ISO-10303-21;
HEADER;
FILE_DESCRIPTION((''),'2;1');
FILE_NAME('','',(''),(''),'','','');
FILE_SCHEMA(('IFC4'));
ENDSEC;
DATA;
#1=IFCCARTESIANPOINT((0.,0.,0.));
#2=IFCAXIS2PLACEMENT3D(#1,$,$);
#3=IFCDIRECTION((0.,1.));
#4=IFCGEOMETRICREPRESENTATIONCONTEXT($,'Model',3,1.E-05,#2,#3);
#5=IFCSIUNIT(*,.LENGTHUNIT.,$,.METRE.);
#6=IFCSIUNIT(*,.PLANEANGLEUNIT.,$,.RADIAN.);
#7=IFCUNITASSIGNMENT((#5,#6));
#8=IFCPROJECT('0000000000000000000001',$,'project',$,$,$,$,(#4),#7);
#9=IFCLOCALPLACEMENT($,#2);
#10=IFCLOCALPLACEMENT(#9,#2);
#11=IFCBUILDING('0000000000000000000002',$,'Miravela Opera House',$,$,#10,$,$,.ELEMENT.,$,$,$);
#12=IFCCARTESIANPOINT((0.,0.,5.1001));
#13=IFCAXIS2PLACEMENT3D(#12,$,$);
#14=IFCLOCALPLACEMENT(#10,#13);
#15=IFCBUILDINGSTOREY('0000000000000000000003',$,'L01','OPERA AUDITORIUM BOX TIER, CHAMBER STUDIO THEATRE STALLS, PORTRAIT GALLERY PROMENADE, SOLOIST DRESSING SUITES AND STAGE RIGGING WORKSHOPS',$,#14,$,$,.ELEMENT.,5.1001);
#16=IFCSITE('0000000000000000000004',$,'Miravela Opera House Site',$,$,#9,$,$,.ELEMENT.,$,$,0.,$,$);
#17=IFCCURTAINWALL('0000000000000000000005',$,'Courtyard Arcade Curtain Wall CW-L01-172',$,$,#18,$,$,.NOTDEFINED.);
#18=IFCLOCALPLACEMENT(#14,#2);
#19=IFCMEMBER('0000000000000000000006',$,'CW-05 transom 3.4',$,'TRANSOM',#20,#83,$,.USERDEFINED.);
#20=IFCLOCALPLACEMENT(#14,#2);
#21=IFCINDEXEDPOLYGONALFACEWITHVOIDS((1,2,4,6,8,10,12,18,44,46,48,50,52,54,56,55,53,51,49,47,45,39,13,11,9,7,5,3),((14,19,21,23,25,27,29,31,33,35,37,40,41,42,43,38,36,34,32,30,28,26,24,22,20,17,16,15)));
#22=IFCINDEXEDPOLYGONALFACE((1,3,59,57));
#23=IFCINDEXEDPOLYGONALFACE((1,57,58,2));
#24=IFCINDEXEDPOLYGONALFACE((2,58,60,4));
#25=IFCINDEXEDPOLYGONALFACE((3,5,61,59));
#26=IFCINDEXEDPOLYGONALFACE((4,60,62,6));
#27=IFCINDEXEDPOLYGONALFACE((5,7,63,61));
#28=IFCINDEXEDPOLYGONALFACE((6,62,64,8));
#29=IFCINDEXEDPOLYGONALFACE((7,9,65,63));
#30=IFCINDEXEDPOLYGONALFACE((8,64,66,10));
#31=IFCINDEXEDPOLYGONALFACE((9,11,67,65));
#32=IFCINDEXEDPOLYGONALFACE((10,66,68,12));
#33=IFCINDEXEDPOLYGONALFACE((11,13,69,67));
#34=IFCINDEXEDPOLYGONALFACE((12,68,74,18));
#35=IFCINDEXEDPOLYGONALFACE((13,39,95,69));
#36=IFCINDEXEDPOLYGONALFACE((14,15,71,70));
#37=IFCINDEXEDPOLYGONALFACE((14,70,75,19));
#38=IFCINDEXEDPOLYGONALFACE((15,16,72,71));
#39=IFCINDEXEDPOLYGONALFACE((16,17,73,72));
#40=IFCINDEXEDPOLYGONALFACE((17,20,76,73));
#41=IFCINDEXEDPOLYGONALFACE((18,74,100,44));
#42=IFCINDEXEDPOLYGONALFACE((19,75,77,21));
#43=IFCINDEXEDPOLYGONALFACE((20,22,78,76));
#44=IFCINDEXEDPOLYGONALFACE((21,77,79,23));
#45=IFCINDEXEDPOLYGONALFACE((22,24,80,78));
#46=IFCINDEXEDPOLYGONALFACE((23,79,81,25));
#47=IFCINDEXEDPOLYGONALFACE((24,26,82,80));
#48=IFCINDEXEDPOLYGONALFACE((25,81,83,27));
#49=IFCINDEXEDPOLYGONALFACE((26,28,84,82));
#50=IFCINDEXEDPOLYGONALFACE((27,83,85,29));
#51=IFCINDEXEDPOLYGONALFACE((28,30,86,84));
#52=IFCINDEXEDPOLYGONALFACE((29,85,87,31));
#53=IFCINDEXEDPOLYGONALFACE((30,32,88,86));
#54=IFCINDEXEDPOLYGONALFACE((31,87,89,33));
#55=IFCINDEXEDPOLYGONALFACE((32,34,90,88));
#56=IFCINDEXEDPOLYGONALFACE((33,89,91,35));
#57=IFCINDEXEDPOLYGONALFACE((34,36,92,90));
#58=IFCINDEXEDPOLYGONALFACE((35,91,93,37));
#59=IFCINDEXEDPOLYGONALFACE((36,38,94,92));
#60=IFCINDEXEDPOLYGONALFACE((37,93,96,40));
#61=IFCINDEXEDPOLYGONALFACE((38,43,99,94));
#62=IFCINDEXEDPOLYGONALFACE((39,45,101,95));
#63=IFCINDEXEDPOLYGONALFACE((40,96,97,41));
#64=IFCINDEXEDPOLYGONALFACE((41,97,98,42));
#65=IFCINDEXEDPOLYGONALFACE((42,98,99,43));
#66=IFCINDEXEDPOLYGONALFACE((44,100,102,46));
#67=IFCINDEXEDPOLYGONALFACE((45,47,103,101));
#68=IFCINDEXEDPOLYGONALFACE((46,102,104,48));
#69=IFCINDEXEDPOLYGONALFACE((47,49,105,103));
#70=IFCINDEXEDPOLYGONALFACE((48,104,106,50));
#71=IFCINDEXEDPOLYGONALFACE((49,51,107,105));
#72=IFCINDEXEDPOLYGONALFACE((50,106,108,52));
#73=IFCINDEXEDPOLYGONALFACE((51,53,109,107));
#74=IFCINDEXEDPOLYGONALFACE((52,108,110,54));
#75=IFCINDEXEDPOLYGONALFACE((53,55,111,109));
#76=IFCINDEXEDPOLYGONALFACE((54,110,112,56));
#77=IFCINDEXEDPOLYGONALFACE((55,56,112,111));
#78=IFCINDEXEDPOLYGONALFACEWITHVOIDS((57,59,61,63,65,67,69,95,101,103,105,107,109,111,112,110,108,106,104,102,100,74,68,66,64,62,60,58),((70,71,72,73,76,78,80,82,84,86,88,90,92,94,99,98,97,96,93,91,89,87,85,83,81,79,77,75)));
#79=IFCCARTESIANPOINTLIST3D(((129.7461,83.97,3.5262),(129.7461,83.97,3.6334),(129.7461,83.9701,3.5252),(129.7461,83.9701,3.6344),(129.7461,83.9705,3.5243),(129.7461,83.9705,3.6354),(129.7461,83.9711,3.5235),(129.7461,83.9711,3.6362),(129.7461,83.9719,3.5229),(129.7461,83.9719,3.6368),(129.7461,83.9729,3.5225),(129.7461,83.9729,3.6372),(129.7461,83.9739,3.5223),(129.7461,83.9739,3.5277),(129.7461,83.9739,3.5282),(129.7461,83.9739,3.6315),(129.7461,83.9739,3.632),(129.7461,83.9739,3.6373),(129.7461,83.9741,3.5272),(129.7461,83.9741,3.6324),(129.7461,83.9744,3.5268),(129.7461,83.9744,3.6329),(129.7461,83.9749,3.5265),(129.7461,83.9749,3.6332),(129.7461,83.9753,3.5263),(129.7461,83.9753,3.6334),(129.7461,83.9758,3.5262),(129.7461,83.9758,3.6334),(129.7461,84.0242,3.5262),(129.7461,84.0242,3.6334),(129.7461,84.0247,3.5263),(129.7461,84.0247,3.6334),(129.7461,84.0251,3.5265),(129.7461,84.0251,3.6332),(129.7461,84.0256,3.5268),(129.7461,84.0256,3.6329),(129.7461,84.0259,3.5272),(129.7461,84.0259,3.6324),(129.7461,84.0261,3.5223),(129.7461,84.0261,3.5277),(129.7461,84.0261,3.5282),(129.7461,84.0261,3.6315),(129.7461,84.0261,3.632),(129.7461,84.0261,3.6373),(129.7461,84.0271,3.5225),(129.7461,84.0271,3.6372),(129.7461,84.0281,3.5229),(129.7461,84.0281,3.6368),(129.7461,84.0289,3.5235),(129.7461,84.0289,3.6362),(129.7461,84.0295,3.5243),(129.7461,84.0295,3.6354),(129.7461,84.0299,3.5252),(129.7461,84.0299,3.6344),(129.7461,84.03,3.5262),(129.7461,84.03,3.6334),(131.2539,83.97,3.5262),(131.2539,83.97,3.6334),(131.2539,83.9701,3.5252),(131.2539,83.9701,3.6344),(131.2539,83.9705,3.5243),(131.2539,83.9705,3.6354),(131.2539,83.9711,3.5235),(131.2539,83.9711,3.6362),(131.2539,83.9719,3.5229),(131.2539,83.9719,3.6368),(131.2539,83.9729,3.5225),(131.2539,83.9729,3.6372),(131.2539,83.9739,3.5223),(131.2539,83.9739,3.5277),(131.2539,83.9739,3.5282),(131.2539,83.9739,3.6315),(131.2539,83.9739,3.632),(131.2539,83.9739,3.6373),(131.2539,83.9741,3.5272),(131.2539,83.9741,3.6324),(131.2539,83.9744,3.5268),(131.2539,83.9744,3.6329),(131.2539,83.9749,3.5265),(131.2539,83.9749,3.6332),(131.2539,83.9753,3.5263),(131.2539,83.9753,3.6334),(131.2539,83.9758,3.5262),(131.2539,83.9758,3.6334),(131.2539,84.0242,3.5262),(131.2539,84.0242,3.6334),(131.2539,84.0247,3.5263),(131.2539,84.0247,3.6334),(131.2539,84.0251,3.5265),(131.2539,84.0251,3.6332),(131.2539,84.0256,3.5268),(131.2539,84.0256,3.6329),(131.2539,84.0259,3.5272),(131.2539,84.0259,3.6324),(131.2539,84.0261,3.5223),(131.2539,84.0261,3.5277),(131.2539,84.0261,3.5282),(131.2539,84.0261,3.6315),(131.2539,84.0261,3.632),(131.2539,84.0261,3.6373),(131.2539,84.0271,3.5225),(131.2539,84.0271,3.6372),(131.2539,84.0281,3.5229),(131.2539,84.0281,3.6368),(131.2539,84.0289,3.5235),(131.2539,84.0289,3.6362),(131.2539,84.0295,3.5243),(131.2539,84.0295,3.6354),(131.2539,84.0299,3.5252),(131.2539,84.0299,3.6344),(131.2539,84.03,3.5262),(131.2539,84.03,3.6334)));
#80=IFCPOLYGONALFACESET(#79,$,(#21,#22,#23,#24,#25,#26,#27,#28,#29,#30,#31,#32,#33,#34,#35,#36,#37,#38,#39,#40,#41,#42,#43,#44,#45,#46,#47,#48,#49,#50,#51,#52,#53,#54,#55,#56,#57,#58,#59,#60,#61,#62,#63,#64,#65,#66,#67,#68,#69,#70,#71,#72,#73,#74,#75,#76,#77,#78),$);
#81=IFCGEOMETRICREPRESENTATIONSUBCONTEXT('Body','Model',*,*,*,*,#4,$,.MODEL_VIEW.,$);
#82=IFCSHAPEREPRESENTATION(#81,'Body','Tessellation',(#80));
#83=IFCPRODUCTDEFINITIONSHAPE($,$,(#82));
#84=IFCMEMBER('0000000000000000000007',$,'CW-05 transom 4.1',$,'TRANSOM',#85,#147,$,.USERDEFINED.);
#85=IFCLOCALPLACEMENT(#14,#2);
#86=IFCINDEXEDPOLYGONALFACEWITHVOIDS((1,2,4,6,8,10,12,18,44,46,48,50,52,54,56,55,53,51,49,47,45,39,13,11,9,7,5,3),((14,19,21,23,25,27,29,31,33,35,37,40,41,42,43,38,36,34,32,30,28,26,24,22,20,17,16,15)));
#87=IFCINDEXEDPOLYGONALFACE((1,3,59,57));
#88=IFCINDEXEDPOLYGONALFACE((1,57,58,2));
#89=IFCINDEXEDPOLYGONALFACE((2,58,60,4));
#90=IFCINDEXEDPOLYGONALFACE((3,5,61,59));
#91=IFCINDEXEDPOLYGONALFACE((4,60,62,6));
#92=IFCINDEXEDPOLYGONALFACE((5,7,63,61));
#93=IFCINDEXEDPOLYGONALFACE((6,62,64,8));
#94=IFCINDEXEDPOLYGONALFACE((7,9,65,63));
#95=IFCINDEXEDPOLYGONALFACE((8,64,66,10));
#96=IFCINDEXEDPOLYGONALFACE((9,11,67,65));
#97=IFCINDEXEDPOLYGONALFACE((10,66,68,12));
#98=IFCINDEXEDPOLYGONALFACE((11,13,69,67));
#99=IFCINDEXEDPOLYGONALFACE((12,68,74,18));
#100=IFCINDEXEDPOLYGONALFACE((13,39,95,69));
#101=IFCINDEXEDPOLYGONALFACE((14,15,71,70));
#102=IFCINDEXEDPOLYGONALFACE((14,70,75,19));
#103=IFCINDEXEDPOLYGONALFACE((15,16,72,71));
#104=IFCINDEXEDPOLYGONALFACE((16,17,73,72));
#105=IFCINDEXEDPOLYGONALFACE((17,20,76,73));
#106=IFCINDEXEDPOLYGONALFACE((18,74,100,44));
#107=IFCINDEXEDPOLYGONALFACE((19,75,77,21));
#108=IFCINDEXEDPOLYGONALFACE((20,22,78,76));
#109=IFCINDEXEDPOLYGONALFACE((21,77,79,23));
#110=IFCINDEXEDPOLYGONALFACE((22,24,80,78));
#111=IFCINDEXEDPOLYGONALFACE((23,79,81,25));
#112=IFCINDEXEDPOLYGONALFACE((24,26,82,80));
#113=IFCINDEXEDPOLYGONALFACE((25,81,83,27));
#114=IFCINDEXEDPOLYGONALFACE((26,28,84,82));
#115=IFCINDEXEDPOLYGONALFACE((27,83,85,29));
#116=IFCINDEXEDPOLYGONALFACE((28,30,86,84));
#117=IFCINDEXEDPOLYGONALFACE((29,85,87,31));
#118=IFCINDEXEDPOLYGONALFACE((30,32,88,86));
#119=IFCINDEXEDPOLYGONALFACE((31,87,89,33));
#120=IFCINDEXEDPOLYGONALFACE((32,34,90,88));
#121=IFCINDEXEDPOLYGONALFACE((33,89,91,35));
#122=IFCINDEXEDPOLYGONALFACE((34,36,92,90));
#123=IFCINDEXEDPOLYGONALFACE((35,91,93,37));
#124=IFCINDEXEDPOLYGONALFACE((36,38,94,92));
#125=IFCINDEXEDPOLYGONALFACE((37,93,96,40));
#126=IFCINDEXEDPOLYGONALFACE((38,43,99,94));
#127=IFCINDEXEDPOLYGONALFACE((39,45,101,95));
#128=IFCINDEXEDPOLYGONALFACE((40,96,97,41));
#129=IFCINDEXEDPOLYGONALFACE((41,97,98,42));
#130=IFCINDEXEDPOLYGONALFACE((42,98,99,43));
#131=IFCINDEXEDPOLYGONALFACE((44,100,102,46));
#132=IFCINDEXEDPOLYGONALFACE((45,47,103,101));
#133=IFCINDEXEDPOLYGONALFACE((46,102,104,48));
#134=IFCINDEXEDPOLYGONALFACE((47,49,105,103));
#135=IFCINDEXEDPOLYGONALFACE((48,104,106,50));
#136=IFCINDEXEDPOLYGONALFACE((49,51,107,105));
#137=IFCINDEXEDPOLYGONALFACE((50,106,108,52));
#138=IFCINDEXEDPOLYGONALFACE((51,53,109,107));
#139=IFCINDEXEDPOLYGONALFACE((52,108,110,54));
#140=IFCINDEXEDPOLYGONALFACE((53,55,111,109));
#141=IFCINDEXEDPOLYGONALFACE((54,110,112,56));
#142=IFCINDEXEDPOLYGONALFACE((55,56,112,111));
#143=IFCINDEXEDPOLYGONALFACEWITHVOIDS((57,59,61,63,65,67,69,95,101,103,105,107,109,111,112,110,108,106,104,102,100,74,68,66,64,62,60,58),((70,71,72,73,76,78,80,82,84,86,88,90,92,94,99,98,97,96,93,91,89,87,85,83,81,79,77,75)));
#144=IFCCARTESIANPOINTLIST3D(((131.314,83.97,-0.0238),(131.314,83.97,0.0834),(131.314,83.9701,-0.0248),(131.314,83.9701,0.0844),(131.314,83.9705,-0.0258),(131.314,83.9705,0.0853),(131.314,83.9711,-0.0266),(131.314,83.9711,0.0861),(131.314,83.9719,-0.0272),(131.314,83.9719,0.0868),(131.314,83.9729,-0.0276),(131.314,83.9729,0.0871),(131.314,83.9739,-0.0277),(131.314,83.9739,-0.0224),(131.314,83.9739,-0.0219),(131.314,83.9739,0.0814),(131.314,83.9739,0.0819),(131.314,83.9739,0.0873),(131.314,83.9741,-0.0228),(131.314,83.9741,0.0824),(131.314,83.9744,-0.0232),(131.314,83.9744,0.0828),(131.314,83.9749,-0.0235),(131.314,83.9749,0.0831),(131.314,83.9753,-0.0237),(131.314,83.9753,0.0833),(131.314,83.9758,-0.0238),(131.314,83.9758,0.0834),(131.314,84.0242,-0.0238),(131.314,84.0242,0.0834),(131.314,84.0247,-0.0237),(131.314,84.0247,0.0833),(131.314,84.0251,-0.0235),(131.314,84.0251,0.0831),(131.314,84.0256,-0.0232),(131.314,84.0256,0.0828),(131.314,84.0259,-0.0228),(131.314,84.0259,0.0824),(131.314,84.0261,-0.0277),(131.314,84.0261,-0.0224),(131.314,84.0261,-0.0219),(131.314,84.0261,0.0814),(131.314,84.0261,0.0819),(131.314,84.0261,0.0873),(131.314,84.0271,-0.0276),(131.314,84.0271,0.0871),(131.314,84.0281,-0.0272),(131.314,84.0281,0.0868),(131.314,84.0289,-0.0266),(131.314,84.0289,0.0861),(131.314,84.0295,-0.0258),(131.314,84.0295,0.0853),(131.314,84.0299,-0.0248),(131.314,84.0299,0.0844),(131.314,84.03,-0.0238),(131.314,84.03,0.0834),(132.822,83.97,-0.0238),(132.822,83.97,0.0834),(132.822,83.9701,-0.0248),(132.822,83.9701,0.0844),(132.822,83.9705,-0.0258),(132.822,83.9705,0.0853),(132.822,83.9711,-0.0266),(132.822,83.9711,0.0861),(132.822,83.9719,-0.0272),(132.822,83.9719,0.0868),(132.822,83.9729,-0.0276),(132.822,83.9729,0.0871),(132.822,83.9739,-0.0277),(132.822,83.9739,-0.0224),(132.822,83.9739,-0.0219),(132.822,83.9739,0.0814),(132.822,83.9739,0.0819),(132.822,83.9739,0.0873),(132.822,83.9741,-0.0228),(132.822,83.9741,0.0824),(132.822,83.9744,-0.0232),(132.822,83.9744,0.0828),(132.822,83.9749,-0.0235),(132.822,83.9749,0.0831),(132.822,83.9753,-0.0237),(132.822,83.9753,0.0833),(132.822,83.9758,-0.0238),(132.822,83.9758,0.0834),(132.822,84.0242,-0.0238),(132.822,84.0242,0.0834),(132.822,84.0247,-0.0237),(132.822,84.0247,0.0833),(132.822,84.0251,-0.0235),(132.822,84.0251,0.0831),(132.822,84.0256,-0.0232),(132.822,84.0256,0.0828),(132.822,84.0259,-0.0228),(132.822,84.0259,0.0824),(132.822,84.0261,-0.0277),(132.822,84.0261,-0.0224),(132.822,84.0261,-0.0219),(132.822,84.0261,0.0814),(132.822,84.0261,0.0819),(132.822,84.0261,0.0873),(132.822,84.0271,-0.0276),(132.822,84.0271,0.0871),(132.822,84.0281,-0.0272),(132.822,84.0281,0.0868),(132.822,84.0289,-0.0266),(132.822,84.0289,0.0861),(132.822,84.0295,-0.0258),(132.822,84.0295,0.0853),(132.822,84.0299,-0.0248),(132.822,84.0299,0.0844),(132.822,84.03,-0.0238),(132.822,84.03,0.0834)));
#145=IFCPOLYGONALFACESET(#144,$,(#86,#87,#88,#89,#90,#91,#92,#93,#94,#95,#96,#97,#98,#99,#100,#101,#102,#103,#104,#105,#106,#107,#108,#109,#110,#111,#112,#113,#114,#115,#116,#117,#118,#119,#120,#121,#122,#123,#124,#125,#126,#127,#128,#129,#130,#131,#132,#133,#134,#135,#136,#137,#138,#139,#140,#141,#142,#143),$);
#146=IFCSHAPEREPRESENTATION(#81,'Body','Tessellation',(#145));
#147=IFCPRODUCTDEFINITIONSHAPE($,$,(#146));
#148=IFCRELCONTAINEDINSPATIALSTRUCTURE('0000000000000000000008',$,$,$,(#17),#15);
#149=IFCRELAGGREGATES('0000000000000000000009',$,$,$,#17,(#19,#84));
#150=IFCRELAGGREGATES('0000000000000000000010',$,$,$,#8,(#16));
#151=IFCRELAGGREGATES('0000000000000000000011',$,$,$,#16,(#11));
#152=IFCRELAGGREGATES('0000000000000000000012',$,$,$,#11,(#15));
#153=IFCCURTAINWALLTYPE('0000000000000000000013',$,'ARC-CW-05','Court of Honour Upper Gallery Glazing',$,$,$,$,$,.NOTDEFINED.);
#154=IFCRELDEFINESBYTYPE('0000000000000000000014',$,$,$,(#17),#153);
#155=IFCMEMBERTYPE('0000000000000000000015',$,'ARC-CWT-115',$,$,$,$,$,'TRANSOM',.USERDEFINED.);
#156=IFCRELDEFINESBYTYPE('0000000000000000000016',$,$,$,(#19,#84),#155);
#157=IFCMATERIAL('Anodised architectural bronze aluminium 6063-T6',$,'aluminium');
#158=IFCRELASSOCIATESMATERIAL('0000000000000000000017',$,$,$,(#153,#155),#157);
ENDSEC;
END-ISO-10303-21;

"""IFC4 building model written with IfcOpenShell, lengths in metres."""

from ifc_helpers import new_model, si_unit, direction, frame, origin, origin_2d, place, context, subcontext, project, spatial, hollow_rectangle, extrude, material, material_profile, profile_set, type_object, element, aggregate, save


model = new_model("IFC4")

# Units and contexts
model_context = context("Model", 3, precision=1e-05, world=origin(), true_north=direction((0.0, 1.0)))
body_context = subcontext(model_context, "Body", "Model", "MODEL_VIEW")
ifc_project = project(units=[si_unit("LENGTHUNIT", "METRE"), si_unit("PLANEANGLEUNIT", "RADIAN")], contexts=[model_context])

# Site, building, storey
site_placement = place(None, origin())
site = spatial("IfcSite", under=ifc_project, at=site_placement, Name="Miravela Opera House Site", CompositionType="ELEMENT", RefElevation=0.0)
building_placement = place(site_placement, origin())
building = spatial("IfcBuilding", under=site, at=building_placement, Name="Miravela Opera House", CompositionType="ELEMENT")
storey_placement = place(building_placement, frame((0.0, 0.0, 5.1001)))
storey = spatial("IfcBuildingStorey", under=building, at=storey_placement, Name="L01", Description="OPERA AUDITORIUM BOX TIER, CHAMBER STUDIO THEATRE STALLS, PORTRAIT GALLERY PROMENADE, SOLOIST DRESSING SUITES AND STAGE RIGGING WORKSHOPS", CompositionType="ELEMENT", Elevation=5.1001)

# Curtain wall, members
ifc_material_1 = material(Name="Anodised architectural bronze aluminium 6063-T6", Category="aluminium")
curtain_wall_type = type_object("IfcCurtainWallType", Name="ARC-CW-05", Description="Court of Honour Upper Gallery Glazing", PredefinedType="NOTDEFINED", material=ifc_material_1)
curtain_wall_placement = place(storey_placement, origin())
curtain_wall = element("IfcCurtainWall", 1, at=curtain_wall_placement, inside=storey, type_object=curtain_wall_type, Name="Courtyard Arcade Curtain Wall CW-L01-172", PredefinedType="NOTDEFINED")
ifc_material_profile_1 = material_profile(ifc_material_1, hollow_rectangle(XDim=0.0601, YDim=0.115, WallThickness=0.0039, InnerFilletRadius=0.002, OuterFilletRadius=0.0039, at=origin_2d()), Name="CWT-60X115")
ifc_profile_set_1 = profile_set([ifc_material_profile_1])
member_type_1 = type_object("IfcMemberType", Name="ARC-CWT-115", ElementType="TRANSOM", PredefinedType="USERDEFINED", material=ifc_profile_set_1)
member_1_placement = place(storey_placement, frame((129.7461, 84.0, 3.5798), z_axis=(1.0, 0.0, 0.0), x_axis=(0.0, 1.0, 0.0)))
member_1 = element("IfcMember", 2, at=member_1_placement, type_object=member_type_1, Name="CW-05 transom 3.4", ObjectType="TRANSOM", PredefinedType="USERDEFINED", context=body_context, shape_type="SweptSolid", body=[
    extrude(hollow_rectangle(XDim=0.0601, YDim=0.115, WallThickness=0.0039, InnerFilletRadius=0.002, OuterFilletRadius=0.0039, at=origin_2d()), origin(), (0.0, 0.0, 1.0), 1.5078),
])
member_2_placement = place(storey_placement, frame((131.314, 84.0, 0.0298), z_axis=(1.0, 0.0, 0.0), x_axis=(0.0, 1.0, 0.0)))
member_2 = element("IfcMember", 3, at=member_2_placement, type_object=member_type_1, Name="CW-05 transom 4.1", ObjectType="TRANSOM", PredefinedType="USERDEFINED", context=body_context, shape_type="SweptSolid", body=[
    extrude(hollow_rectangle(XDim=0.0601, YDim=0.115, WallThickness=0.0039, InnerFilletRadius=0.002, OuterFilletRadius=0.0039, at=origin_2d()), origin(), (0.0, 0.0, 1.0), 1.5081),
])
aggregate(curtain_wall, [member_1, member_2])

save(model, "model.ifc")
